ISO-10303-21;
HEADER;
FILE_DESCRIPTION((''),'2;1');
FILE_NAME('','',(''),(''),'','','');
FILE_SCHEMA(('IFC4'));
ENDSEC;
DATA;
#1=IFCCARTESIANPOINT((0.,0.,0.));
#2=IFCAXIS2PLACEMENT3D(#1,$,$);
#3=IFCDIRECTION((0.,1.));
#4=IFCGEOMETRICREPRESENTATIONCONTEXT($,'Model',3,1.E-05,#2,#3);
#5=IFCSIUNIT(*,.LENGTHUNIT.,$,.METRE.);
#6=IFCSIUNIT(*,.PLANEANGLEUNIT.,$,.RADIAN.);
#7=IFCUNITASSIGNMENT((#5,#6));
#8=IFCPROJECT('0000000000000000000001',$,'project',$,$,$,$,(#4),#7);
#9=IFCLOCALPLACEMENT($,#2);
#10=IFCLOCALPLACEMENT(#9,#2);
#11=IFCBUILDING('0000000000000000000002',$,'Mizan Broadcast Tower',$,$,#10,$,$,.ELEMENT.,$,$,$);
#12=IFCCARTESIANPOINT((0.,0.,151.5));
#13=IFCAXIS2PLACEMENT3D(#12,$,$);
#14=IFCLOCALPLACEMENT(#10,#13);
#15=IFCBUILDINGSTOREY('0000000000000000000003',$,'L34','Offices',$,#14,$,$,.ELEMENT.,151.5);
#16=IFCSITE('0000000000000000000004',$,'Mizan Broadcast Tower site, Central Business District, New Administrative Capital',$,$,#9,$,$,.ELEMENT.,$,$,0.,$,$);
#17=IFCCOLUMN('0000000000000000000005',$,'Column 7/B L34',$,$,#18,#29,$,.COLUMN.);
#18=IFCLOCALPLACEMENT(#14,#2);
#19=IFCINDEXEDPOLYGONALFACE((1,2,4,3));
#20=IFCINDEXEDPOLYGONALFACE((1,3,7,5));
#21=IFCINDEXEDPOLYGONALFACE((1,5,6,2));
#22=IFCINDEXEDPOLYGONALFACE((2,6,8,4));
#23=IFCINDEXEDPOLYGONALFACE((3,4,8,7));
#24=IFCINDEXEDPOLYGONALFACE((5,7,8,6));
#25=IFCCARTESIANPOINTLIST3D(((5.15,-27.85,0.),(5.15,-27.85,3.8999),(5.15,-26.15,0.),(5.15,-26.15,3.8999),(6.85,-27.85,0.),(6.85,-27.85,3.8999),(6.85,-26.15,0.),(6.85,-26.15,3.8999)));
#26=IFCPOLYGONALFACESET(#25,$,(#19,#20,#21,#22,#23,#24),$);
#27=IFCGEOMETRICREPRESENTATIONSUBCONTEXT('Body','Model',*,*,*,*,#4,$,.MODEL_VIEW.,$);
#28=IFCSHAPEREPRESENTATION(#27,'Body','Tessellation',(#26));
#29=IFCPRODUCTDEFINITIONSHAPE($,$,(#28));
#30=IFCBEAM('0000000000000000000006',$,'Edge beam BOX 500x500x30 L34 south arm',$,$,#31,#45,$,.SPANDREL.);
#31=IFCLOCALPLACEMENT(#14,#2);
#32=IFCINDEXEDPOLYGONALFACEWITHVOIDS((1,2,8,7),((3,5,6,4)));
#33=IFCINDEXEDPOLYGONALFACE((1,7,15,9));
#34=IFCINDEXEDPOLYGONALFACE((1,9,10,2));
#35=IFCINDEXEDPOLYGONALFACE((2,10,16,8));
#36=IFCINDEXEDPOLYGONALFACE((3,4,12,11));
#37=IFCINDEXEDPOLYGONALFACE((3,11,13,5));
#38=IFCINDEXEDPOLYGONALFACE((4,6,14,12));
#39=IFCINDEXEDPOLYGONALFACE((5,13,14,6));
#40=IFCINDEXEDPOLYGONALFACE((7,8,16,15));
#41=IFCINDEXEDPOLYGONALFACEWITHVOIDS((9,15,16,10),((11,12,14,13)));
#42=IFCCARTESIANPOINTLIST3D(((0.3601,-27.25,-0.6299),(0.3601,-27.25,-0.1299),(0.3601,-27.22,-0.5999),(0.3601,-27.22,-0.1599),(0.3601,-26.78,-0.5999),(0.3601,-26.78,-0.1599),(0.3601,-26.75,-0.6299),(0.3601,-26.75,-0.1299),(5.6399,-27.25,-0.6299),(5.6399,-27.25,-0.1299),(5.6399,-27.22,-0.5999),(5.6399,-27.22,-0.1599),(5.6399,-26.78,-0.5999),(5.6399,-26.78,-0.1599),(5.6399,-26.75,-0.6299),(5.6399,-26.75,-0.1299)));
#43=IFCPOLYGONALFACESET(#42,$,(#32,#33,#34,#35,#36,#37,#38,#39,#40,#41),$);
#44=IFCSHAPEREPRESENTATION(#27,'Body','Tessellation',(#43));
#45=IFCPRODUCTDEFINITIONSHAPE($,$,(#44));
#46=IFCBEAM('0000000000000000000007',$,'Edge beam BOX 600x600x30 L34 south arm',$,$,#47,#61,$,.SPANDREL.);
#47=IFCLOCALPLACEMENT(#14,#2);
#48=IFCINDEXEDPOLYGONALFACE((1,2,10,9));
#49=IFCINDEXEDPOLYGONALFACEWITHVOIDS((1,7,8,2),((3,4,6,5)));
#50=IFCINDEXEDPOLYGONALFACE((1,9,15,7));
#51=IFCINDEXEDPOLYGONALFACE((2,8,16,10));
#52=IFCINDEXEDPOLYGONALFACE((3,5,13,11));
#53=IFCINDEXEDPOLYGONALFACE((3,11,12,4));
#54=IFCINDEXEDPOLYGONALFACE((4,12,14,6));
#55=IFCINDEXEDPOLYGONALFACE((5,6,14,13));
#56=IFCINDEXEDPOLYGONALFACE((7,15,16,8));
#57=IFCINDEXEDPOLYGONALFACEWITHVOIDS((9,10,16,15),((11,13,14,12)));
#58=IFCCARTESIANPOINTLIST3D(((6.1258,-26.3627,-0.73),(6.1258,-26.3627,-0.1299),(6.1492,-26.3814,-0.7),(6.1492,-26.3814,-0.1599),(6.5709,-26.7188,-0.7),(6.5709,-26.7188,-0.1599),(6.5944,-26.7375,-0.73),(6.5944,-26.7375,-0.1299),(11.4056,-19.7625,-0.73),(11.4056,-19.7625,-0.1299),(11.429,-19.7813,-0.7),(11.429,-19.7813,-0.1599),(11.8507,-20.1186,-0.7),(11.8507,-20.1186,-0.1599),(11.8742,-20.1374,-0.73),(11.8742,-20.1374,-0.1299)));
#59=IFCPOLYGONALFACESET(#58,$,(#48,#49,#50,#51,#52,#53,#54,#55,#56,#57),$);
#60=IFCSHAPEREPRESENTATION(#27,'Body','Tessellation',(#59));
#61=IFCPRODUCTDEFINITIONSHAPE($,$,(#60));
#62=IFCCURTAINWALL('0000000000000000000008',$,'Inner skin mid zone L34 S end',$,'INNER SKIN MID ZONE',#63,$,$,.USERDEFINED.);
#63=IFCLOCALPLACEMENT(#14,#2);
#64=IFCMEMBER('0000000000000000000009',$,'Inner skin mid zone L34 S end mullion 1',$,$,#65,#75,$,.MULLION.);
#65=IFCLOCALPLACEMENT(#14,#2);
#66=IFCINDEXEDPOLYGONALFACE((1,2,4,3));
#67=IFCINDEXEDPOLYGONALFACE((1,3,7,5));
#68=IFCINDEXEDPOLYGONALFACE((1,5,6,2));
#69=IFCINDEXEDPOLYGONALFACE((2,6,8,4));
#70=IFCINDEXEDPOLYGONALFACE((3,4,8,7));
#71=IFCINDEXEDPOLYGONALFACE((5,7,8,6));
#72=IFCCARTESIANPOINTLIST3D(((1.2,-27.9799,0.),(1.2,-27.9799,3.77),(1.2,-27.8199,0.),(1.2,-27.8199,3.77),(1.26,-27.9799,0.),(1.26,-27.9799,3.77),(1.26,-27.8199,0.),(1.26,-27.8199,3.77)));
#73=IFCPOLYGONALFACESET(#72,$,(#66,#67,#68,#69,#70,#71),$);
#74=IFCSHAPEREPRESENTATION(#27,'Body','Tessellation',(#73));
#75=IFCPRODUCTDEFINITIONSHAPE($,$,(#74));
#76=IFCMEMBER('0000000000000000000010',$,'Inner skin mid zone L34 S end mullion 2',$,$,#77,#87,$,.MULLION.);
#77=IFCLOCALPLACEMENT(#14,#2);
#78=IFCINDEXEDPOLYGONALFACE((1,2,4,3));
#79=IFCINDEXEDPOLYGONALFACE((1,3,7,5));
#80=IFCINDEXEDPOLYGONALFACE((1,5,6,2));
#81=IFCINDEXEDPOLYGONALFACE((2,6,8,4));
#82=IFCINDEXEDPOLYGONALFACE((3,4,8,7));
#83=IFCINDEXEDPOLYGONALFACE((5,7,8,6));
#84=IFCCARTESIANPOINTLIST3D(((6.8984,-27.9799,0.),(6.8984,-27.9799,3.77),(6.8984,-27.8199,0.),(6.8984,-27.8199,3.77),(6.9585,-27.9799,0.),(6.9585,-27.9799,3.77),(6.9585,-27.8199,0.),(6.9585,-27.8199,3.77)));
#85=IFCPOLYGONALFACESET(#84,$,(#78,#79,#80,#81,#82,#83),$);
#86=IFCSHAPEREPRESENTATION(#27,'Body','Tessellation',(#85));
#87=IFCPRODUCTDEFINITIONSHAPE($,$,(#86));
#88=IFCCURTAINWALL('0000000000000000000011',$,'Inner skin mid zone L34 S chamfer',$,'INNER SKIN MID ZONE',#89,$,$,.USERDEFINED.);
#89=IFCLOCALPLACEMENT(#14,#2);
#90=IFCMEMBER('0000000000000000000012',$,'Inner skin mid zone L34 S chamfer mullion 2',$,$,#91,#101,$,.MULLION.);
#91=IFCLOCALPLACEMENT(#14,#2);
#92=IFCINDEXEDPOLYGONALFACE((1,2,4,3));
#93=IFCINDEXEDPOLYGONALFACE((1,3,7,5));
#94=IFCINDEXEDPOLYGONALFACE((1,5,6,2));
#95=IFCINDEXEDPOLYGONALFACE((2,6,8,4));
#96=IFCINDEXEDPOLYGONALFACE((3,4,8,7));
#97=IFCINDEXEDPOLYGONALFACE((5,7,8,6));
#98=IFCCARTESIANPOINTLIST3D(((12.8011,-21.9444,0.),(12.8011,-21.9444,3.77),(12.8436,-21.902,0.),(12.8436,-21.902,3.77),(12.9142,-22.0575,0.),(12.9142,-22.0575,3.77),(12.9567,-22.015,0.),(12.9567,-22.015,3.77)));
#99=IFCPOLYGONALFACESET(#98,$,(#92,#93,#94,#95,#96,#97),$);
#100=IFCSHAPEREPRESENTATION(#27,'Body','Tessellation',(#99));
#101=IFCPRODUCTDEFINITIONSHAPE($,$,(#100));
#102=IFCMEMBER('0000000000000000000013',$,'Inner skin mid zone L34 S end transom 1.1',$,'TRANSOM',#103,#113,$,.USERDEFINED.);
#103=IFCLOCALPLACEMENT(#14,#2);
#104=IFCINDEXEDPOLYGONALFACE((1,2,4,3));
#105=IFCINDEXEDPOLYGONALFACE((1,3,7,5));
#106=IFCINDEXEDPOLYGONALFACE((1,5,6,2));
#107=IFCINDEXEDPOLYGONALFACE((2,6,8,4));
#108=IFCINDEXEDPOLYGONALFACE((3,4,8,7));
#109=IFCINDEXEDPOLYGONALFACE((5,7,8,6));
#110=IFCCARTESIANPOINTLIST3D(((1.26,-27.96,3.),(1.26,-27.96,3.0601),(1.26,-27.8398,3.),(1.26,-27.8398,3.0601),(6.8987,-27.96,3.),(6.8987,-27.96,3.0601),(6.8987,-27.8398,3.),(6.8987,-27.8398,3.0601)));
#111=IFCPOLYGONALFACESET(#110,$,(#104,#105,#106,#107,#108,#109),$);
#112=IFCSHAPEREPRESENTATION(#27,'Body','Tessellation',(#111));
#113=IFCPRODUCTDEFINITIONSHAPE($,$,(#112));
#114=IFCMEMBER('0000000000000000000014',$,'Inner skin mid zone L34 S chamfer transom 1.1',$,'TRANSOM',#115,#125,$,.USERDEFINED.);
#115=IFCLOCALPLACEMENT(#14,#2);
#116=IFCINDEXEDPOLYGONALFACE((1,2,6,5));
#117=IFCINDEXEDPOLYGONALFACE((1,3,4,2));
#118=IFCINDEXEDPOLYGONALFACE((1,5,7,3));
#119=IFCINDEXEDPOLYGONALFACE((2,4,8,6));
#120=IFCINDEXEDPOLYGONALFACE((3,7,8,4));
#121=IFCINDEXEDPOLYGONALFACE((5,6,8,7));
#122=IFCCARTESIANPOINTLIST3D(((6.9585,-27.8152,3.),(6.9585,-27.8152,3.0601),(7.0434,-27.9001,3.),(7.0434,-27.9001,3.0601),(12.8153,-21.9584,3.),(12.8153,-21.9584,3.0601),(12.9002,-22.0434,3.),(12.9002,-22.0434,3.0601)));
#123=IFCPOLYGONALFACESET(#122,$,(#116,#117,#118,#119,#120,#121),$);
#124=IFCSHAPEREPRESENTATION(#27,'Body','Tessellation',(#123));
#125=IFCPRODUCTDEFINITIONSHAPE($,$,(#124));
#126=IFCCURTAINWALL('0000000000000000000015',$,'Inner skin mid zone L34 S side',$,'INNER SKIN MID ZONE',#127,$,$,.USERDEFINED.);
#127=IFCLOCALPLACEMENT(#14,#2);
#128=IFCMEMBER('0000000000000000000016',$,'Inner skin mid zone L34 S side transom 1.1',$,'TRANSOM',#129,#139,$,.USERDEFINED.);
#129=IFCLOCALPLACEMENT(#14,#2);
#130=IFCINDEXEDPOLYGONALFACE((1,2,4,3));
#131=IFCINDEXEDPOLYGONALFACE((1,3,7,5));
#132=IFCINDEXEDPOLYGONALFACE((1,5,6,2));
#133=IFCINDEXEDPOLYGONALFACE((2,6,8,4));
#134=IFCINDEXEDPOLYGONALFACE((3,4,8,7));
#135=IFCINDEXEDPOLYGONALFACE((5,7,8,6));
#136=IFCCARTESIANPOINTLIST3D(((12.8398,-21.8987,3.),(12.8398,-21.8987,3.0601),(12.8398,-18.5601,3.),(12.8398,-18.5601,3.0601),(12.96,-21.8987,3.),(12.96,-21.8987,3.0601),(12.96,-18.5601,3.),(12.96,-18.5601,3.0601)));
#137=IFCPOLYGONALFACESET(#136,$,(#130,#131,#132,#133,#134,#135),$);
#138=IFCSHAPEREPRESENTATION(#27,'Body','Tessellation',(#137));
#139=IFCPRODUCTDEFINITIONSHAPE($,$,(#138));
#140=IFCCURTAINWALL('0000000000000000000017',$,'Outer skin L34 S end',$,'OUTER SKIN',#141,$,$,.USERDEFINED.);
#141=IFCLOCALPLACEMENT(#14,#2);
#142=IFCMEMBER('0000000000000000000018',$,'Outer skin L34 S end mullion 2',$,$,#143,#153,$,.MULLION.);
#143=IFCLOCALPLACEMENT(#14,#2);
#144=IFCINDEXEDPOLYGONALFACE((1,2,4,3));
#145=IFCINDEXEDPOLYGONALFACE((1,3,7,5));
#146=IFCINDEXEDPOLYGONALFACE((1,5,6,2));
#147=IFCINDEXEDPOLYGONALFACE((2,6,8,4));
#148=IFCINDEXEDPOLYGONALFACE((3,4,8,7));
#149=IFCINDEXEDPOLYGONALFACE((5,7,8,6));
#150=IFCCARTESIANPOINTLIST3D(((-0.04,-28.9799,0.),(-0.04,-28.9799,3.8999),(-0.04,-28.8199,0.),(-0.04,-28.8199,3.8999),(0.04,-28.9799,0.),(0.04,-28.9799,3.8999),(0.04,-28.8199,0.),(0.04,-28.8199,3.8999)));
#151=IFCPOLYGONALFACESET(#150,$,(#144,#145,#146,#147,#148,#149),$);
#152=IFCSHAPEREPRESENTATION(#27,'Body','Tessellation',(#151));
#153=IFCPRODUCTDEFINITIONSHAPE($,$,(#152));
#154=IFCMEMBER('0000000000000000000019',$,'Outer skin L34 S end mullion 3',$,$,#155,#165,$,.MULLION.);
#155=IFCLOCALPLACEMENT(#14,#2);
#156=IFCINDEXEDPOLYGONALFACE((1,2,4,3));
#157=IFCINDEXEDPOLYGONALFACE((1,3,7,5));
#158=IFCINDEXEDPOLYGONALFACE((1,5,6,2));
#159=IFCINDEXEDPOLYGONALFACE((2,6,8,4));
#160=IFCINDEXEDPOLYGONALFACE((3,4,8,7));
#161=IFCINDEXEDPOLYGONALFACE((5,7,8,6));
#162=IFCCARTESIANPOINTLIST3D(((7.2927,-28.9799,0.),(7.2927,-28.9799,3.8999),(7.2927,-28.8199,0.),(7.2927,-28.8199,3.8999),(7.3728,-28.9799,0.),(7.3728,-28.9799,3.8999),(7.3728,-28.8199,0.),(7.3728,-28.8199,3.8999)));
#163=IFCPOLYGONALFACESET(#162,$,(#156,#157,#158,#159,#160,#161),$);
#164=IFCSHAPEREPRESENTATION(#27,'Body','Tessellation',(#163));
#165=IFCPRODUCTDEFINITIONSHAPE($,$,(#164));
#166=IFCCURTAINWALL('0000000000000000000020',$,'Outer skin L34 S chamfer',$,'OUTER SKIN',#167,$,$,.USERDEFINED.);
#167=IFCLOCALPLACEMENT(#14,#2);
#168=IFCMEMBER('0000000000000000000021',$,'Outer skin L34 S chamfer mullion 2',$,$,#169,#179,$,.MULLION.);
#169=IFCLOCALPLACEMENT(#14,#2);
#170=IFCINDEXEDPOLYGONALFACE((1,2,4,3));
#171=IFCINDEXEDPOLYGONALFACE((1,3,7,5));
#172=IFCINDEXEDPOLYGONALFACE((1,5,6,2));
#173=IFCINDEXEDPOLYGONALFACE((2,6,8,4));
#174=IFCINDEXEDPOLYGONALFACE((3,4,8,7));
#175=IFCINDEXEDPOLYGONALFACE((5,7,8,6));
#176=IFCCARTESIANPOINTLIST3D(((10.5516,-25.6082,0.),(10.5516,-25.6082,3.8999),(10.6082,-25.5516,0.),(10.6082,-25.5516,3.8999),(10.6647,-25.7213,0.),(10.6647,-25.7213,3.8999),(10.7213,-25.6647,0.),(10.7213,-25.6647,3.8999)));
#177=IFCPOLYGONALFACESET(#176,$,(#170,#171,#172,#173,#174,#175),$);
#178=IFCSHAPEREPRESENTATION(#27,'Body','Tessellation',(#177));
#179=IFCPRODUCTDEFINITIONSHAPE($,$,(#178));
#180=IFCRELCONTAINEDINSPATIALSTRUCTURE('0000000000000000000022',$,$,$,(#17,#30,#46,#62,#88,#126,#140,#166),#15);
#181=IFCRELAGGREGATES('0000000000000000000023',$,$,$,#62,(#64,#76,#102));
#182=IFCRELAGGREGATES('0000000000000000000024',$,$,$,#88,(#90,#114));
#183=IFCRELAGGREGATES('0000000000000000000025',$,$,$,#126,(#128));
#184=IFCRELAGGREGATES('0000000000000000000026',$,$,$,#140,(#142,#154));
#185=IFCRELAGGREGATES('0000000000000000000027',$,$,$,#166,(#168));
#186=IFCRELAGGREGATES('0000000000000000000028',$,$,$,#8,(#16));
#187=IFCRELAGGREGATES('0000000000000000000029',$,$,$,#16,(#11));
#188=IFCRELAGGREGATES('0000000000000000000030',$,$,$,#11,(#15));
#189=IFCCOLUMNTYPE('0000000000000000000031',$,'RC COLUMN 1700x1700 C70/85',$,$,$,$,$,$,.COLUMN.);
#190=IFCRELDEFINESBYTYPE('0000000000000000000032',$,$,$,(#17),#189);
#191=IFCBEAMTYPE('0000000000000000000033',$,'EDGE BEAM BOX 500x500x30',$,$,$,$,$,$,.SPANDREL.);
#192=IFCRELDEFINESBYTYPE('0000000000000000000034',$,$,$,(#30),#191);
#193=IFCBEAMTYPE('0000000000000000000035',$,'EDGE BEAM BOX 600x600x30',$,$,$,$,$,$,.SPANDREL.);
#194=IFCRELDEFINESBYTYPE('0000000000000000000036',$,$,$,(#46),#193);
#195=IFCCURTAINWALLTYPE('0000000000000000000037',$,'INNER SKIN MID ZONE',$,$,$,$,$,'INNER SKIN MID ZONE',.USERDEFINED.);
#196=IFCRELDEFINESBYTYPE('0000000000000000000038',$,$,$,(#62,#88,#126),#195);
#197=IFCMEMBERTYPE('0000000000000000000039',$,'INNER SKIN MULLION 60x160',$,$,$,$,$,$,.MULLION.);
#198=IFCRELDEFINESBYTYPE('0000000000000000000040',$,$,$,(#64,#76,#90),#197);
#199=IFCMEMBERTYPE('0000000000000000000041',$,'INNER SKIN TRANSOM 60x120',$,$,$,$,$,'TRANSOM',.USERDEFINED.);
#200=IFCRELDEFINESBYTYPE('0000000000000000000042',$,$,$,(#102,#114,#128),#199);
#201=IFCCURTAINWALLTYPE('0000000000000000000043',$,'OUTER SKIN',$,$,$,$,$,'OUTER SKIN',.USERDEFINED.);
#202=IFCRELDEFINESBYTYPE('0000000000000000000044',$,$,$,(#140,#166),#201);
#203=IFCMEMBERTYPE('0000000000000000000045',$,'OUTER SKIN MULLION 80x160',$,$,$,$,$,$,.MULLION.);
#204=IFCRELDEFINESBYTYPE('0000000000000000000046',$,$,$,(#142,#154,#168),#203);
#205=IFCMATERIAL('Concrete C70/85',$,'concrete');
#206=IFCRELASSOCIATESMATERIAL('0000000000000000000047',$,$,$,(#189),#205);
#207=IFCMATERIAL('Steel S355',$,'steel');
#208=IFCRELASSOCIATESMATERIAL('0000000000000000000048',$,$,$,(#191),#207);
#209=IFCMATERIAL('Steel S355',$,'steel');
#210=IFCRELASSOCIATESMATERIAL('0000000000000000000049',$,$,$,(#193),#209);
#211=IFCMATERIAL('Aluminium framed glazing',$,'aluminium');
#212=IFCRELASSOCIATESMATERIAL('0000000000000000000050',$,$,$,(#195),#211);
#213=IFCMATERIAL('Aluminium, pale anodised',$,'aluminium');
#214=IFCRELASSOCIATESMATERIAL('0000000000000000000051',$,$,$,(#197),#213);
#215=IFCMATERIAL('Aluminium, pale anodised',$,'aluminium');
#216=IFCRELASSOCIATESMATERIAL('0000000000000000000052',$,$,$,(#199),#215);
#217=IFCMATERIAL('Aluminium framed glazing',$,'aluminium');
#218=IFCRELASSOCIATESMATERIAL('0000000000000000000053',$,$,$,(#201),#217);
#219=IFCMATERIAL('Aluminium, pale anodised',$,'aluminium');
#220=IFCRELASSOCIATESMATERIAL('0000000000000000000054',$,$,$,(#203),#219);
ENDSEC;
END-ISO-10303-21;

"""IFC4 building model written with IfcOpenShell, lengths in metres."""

from ifc_helpers import new_model, si_unit, direction, frame, origin, origin_2d, place, context, subcontext, project, spatial, rectangle, hollow_rectangle, extrude, material, material_profile, profile_set, type_object, element, aggregate, save


model = new_model("IFC4")

# Units and contexts
model_context = context("Model", 3, precision=1e-05, world=origin(), true_north=direction((0.0, 1.0)))
body_context = subcontext(model_context, "Body", "Model", "MODEL_VIEW")
ifc_project = project(units=[si_unit("LENGTHUNIT", "METRE"), si_unit("PLANEANGLEUNIT", "RADIAN")], contexts=[model_context])

# Site, building, storey
site_placement = place(None, origin())
site = spatial("IfcSite", under=ifc_project, at=site_placement, Name="Mizan Broadcast Tower site, Central Business District, New Administrative Capital", CompositionType="ELEMENT", RefElevation=0.0)
building_placement = place(site_placement, origin())
building = spatial("IfcBuilding", under=site, at=building_placement, Name="Mizan Broadcast Tower", CompositionType="ELEMENT")
storey_placement = place(building_placement, frame((0.0, 0.0, 151.5)))
storey = spatial("IfcBuildingStorey", under=building, at=storey_placement, Name="L34", Description="Offices", CompositionType="ELEMENT", Elevation=151.5)

# Column
ifc_material_1 = material(Name="Concrete C70/85", Category="concrete")
ifc_material_profile_1 = material_profile(ifc_material_1, rectangle(XDim=1.7, YDim=1.7, at=origin_2d()), Name="RC 1700x1700")
ifc_profile_set_1 = profile_set([ifc_material_profile_1], Name="Concrete C70/85")
column_type = type_object("IfcColumnType", Name="RC COLUMN 1700x1700 C70/85", PredefinedType="COLUMN", material=ifc_profile_set_1)
column_placement = place(storey_placement, frame((6.0, -27.0, 0.0), z_axis=(0.0, 0.0, 1.0), x_axis=(1.0, 0.0, 0.0)))
element("IfcColumn", 1, at=column_placement, inside=storey, type_object=column_type, Name="Column 7/B L34", PredefinedType="COLUMN", context=body_context, shape_type="SweptSolid", body=[
    extrude(rectangle(XDim=1.7, YDim=1.7, at=origin_2d()), origin(), (0.0, 0.0, 1.0), 3.8999),
])

# Beams
ifc_material_2 = material(Name="Steel S355", Category="steel")
ifc_material_profile_2 = material_profile(ifc_material_2, hollow_rectangle(XDim=0.5, YDim=0.5, WallThickness=0.03, at=origin_2d()), Name="BOX 500x500x30")
ifc_profile_set_2 = profile_set([ifc_material_profile_2], Name="Steel S355")
beam_type_1 = type_object("IfcBeamType", Name="EDGE BEAM BOX 500x500x30", PredefinedType="SPANDREL", material=ifc_profile_set_2)
beam_1_placement = place(storey_placement, frame((5.6399, -27.0, -0.3799), z_axis=(-1.0, 0.0, 0.0), x_axis=(0.0, -1.0, 0.0)))
element("IfcBeam", 2, at=beam_1_placement, inside=storey, type_object=beam_type_1, Name="Edge beam BOX 500x500x30 L34 south arm", PredefinedType="SPANDREL", context=body_context, shape_type="SweptSolid", body=[
    extrude(hollow_rectangle(XDim=0.5, YDim=0.5, WallThickness=0.03, at=origin_2d()), origin(), (0.0, 0.0, 1.0), 5.2798),
])
ifc_material_3 = material(Name="Steel S355", Category="steel")
ifc_material_profile_3 = material_profile(ifc_material_3, hollow_rectangle(XDim=0.6001, YDim=0.6001, WallThickness=0.03, at=origin_2d()), Name="BOX 600x600x30")
ifc_profile_set_3 = profile_set([ifc_material_profile_3], Name="Steel S355")
beam_type_2 = type_object("IfcBeamType", Name="EDGE BEAM BOX 600x600x30", PredefinedType="SPANDREL", material=ifc_profile_set_3)
beam_2_placement = place(storey_placement, frame((11.6399, -19.95, -0.4299), z_axis=(-0.624674, -0.780886, 0.0), x_axis=(0.780886, -0.624674, 0.0)))
element("IfcBeam", 3, at=beam_2_placement, inside=storey, type_object=beam_type_2, Name="Edge beam BOX 600x600x30 L34 south arm", PredefinedType="SPANDREL", context=body_context, shape_type="SweptSolid", body=[
    extrude(hollow_rectangle(XDim=0.6001, YDim=0.6001, WallThickness=0.03, at=origin_2d()), origin(), (0.0, 0.0, 1.0), 8.4521),
])

# Curtain wall, members
ifc_material_4 = material(Name="Aluminium framed glazing", Category="aluminium")
curtain_wall_type_1 = type_object("IfcCurtainWallType", Name="INNER SKIN MID ZONE", ElementType="INNER SKIN MID ZONE", PredefinedType="USERDEFINED", material=ifc_material_4)
curtain_wall_1_placement = place(storey_placement, origin())
curtain_wall_1 = element("IfcCurtainWall", 4, at=curtain_wall_1_placement, inside=storey, type_object=curtain_wall_type_1, Name="Inner skin mid zone L34 S end", ObjectType="INNER SKIN MID ZONE", PredefinedType="USERDEFINED")
ifc_material_5 = material(Name="Aluminium, pale anodised", Category="aluminium")
ifc_material_profile_4 = material_profile(ifc_material_5, rectangle(XDim=0.1599, YDim=0.0601, at=origin_2d()), Name="MULLION 160x60")
ifc_profile_set_4 = profile_set([ifc_material_profile_4], Name="Aluminium, pale anodised")
member_type_1 = type_object("IfcMemberType", Name="INNER SKIN MULLION 60x160", PredefinedType="MULLION", material=ifc_profile_set_4)
member_1_placement = place(storey_placement, frame((1.23, -27.8999, 0.0), z_axis=(0.0, 0.0, 1.0), x_axis=(0.0, 1.0, 0.0)))
member_1 = element("IfcMember", 5, at=member_1_placement, type_object=member_type_1, Name="Inner skin mid zone L34 S end mullion 1", PredefinedType="MULLION", context=body_context, shape_type="SweptSolid", body=[
    extrude(rectangle(XDim=0.1599, YDim=0.0601, at=origin_2d()), origin(), (0.0, 0.0, 1.0), 3.77),
])
member_2_placement = place(storey_placement, frame((6.9285, -27.8999, 0.0), z_axis=(0.0, 0.0, 1.0), x_axis=(0.0, 1.0, 0.0)))
member_2 = element("IfcMember", 6, at=member_2_placement, type_object=member_type_1, Name="Inner skin mid zone L34 S end mullion 2", PredefinedType="MULLION", context=body_context, shape_type="SweptSolid", body=[
    extrude(rectangle(XDim=0.1599, YDim=0.0601, at=origin_2d()), origin(), (0.0, 0.0, 1.0), 3.77),
])

# Curtain wall, member
curtain_wall_2_placement = place(storey_placement, origin())
curtain_wall_2 = element("IfcCurtainWall", 7, at=curtain_wall_2_placement, inside=storey, type_object=curtain_wall_type_1, Name="Inner skin mid zone L34 S chamfer", ObjectType="INNER SKIN MID ZONE", PredefinedType="USERDEFINED")
member_3_placement = place(storey_placement, frame((12.8789, -21.9797, 0.0), z_axis=(0.0, 0.0, 1.0), x_axis=(-0.707107, 0.707107, 0.0)))
member_3 = element("IfcMember", 8, at=member_3_placement, type_object=member_type_1, Name="Inner skin mid zone L34 S chamfer mullion 2", PredefinedType="MULLION", context=body_context, shape_type="SweptSolid", body=[
    extrude(rectangle(XDim=0.1599, YDim=0.0601, at=origin_2d()), origin(), (0.0, 0.0, 1.0), 3.77),
])

# Members
ifc_material_6 = material(Name="Aluminium, pale anodised", Category="aluminium")
ifc_material_profile_5 = material_profile(ifc_material_6, rectangle(XDim=0.1201, YDim=0.0601, at=origin_2d()), Name="TRANSOM 120x60")
ifc_profile_set_5 = profile_set([ifc_material_profile_5], Name="Aluminium, pale anodised")
member_type_2 = type_object("IfcMemberType", Name="INNER SKIN TRANSOM 60x120", ElementType="TRANSOM", PredefinedType="USERDEFINED", material=ifc_profile_set_5)
member_4_placement = place(storey_placement, frame((1.26, -27.8999, 3.03), z_axis=(1.0, 0.0, 0.0), x_axis=(0.0, 1.0, 0.0)))
member_4 = element("IfcMember", 9, at=member_4_placement, type_object=member_type_2, Name="Inner skin mid zone L34 S end transom 1.1", ObjectType="TRANSOM", PredefinedType="USERDEFINED", context=body_context, shape_type="SweptSolid", body=[
    extrude(rectangle(XDim=0.1201, YDim=0.0601, at=origin_2d()), origin(), (0.0, 0.0, 1.0), 5.6387),
])
member_5_placement = place(storey_placement, frame((7.001, -27.8577, 3.03), z_axis=(0.707107, 0.707107, 0.0), x_axis=(-0.707107, 0.707107, 0.0)))
member_5 = element("IfcMember", 10, at=member_5_placement, type_object=member_type_2, Name="Inner skin mid zone L34 S chamfer transom 1.1", ObjectType="TRANSOM", PredefinedType="USERDEFINED", context=body_context, shape_type="SweptSolid", body=[
    extrude(rectangle(XDim=0.1201, YDim=0.0601, at=origin_2d()), origin(), (0.0, 0.0, 1.0), 8.2827),
])

# Curtain wall, member
curtain_wall_3_placement = place(storey_placement, origin())
curtain_wall_3 = element("IfcCurtainWall", 11, at=curtain_wall_3_placement, inside=storey, type_object=curtain_wall_type_1, Name="Inner skin mid zone L34 S side", ObjectType="INNER SKIN MID ZONE", PredefinedType="USERDEFINED")
member_6_placement = place(storey_placement, frame((12.8999, -21.8987, 3.03), z_axis=(0.0, 1.0, 0.0), x_axis=(-1.0, 0.0, 0.0)))
member_6 = element("IfcMember", 12, at=member_6_placement, type_object=member_type_2, Name="Inner skin mid zone L34 S side transom 1.1", ObjectType="TRANSOM", PredefinedType="USERDEFINED", context=body_context, shape_type="SweptSolid", body=[
    extrude(rectangle(XDim=0.1201, YDim=0.0601, at=origin_2d()), origin(), (0.0, 0.0, 1.0), 3.3386),
])

# Curtain wall, members
ifc_material_7 = material(Name="Aluminium framed glazing", Category="aluminium")
curtain_wall_type_2 = type_object("IfcCurtainWallType", Name="OUTER SKIN", ElementType="OUTER SKIN", PredefinedType="USERDEFINED", material=ifc_material_7)
curtain_wall_4_placement = place(storey_placement, origin())
curtain_wall_4 = element("IfcCurtainWall", 13, at=curtain_wall_4_placement, inside=storey, type_object=curtain_wall_type_2, Name="Outer skin L34 S end", ObjectType="OUTER SKIN", PredefinedType="USERDEFINED")
ifc_material_8 = material(Name="Aluminium, pale anodised", Category="aluminium")
ifc_material_profile_6 = material_profile(ifc_material_8, rectangle(XDim=0.1599, YDim=0.0801, at=origin_2d()), Name="MULLION 160x80")
ifc_profile_set_6 = profile_set([ifc_material_profile_6], Name="Aluminium, pale anodised")
member_type_3 = type_object("IfcMemberType", Name="OUTER SKIN MULLION 80x160", PredefinedType="MULLION", material=ifc_profile_set_6)
member_7_placement = place(storey_placement, frame((0.0, -28.8999, 0.0), z_axis=(0.0, 0.0, 1.0), x_axis=(0.0, 1.0, 0.0)))
member_7 = element("IfcMember", 14, at=member_7_placement, type_object=member_type_3, Name="Outer skin L34 S end mullion 2", PredefinedType="MULLION", context=body_context, shape_type="SweptSolid", body=[
    extrude(rectangle(XDim=0.1599, YDim=0.0801, at=origin_2d()), origin(), (0.0, 0.0, 1.0), 3.8999),
])
member_8_placement = place(storey_placement, frame((7.3328, -28.8999, 0.0), z_axis=(0.0, 0.0, 1.0), x_axis=(0.0, 1.0, 0.0)))
member_8 = element("IfcMember", 15, at=member_8_placement, type_object=member_type_3, Name="Outer skin L34 S end mullion 3", PredefinedType="MULLION", context=body_context, shape_type="SweptSolid", body=[
    extrude(rectangle(XDim=0.1599, YDim=0.0801, at=origin_2d()), origin(), (0.0, 0.0, 1.0), 3.8999),
])

# Curtain wall, member
curtain_wall_5_placement = place(storey_placement, origin())
curtain_wall_5 = element("IfcCurtainWall", 16, at=curtain_wall_5_placement, inside=storey, type_object=curtain_wall_type_2, Name="Outer skin L34 S chamfer", ObjectType="OUTER SKIN", PredefinedType="USERDEFINED")
member_9_placement = place(storey_placement, frame((10.6365, -25.6365, 0.0), z_axis=(0.0, 0.0, 1.0), x_axis=(-0.707107, 0.707107, 0.0)))
member_9 = element("IfcMember", 17, at=member_9_placement, type_object=member_type_3, Name="Outer skin L34 S chamfer mullion 2", PredefinedType="MULLION", context=body_context, shape_type="SweptSolid", body=[
    extrude(rectangle(XDim=0.1599, YDim=0.0801, at=origin_2d()), origin(), (0.0, 0.0, 1.0), 3.8999),
])

aggregate(curtain_wall_1, [member_1, member_2, member_4])
aggregate(curtain_wall_2, [member_3, member_5])
aggregate(curtain_wall_3, [member_6])
aggregate(curtain_wall_4, [member_7, member_8])
aggregate(curtain_wall_5, [member_9])

save(model, "model.ifc")
